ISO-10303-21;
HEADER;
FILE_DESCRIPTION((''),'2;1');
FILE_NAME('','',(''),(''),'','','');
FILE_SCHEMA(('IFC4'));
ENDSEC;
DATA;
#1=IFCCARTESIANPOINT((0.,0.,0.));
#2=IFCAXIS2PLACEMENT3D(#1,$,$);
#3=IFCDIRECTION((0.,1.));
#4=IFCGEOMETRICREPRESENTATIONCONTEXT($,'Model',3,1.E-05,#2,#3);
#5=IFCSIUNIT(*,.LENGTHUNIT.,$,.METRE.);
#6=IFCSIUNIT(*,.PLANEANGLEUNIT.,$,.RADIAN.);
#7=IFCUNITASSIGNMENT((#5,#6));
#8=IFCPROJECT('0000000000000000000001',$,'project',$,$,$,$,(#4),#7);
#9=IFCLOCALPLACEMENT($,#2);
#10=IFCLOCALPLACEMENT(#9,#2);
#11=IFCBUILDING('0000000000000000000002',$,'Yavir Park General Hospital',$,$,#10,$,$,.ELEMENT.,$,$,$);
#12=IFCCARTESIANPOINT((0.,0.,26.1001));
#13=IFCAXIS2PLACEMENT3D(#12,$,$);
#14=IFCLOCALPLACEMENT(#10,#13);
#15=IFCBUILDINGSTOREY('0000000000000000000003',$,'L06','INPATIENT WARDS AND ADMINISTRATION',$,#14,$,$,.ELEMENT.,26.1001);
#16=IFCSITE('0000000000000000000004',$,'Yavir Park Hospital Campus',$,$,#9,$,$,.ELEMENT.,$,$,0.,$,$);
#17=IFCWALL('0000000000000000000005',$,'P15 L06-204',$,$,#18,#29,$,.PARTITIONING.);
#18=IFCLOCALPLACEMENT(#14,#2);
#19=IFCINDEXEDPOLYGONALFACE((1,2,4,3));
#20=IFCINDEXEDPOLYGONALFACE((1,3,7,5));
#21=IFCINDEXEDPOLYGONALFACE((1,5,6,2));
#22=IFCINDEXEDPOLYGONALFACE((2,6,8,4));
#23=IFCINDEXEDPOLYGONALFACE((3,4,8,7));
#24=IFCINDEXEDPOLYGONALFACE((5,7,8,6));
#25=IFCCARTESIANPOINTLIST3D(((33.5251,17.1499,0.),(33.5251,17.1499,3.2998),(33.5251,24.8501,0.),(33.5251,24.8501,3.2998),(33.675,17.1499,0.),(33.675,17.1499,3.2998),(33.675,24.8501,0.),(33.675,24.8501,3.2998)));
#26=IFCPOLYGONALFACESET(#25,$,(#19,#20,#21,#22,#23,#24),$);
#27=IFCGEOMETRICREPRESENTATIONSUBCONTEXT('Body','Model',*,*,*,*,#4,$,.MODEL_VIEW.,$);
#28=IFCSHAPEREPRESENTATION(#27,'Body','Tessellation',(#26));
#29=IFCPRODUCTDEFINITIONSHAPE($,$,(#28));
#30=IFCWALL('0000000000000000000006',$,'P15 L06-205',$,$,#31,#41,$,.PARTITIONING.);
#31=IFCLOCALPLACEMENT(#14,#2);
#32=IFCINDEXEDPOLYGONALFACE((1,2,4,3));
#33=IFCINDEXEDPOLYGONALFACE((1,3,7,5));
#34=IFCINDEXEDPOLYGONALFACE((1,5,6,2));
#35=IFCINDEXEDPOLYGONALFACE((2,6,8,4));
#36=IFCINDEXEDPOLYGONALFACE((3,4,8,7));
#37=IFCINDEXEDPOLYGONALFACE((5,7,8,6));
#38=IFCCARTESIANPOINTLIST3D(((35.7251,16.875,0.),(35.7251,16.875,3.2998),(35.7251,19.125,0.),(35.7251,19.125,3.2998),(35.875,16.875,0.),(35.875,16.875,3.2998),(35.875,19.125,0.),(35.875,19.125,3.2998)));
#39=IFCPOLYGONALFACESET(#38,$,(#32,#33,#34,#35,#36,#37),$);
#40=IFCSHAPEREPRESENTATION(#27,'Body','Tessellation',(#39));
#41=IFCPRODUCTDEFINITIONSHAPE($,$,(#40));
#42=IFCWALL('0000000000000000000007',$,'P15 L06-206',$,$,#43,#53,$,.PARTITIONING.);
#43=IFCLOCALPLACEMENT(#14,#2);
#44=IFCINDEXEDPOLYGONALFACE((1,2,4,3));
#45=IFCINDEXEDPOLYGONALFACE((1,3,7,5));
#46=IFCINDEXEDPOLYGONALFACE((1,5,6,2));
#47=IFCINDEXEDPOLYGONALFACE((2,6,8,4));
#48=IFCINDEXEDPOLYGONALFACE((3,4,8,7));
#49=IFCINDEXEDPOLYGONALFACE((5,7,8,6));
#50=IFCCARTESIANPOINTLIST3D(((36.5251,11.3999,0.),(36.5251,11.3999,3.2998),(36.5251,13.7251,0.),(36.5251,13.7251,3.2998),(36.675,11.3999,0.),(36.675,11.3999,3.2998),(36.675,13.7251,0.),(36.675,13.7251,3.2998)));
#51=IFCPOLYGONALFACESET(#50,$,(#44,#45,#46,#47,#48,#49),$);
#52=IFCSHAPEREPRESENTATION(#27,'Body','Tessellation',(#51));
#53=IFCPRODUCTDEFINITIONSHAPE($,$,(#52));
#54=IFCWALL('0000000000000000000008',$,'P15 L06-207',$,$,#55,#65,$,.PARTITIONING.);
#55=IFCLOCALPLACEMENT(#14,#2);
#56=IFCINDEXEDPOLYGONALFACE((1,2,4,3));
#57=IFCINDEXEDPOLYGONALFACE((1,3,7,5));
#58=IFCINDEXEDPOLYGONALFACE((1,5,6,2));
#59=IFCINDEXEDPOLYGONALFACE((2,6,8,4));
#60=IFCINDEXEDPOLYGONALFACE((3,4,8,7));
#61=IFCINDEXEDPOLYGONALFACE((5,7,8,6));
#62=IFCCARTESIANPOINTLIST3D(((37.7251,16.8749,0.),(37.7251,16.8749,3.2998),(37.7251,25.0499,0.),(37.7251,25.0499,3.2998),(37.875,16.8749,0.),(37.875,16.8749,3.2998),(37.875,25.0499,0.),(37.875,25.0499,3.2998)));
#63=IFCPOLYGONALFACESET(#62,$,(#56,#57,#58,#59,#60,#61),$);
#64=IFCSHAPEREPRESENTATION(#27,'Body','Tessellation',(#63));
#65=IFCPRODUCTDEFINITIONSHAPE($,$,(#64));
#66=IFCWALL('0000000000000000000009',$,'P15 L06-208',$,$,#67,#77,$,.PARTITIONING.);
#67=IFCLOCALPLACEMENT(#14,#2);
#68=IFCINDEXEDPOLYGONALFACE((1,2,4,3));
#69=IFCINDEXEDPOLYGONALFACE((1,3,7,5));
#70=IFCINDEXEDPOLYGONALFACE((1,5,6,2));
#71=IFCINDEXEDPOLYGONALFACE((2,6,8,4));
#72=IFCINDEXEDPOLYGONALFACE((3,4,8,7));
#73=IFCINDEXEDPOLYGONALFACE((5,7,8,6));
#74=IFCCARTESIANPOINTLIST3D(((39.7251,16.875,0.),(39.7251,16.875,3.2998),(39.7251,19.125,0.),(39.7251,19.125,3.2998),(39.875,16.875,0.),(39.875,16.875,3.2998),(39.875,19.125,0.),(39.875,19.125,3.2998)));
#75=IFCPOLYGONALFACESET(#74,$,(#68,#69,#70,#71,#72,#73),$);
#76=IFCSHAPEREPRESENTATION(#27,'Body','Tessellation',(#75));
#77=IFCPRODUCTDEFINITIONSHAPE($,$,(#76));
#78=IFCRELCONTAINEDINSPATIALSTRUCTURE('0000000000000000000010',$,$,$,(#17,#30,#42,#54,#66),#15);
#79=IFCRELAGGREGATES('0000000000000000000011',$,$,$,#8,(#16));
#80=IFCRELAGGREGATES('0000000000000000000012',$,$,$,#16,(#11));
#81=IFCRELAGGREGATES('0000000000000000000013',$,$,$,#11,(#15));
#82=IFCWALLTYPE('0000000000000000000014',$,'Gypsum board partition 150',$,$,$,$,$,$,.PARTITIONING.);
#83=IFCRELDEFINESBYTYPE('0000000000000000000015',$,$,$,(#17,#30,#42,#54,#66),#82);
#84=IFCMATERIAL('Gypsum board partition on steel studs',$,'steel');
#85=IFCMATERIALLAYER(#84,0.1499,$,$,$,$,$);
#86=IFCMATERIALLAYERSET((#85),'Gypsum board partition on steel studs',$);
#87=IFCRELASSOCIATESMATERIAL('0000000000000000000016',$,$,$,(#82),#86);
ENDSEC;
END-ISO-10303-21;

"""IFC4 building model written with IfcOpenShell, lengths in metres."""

from ifc_helpers import new_model, si_unit, direction, frame, frame_2d, origin, place, context, subcontext, project, spatial, rectangle, extrude, material, layer, layer_set, type_object, element, save


model = new_model("IFC4")

# Units and contexts
model_context = context("Model", 3, precision=1e-05, world=origin(), true_north=direction((0.0, 1.0)))
body_context = subcontext(model_context, "Body", "Model", "MODEL_VIEW")
ifc_project = project(units=[si_unit("LENGTHUNIT", "METRE"), si_unit("PLANEANGLEUNIT", "RADIAN")], contexts=[model_context])

# Site, building, storey
site_placement = place(None, origin())
site = spatial("IfcSite", under=ifc_project, at=site_placement, Name="Yavir Park Hospital Campus", CompositionType="ELEMENT", RefElevation=0.0)
building_placement = place(site_placement, origin())
building = spatial("IfcBuilding", under=site, at=building_placement, Name="Yavir Park General Hospital", CompositionType="ELEMENT")
storey_placement = place(building_placement, frame((0.0, 0.0, 26.1001)))
storey = spatial("IfcBuildingStorey", under=building, at=storey_placement, Name="L06", Description="INPATIENT WARDS AND ADMINISTRATION", CompositionType="ELEMENT", Elevation=26.1001)

# Shared definitions
ifc_material_1 = material(Name="Gypsum board partition on steel studs", Category="steel")
ifc_layer_1 = layer(ifc_material_1, 0.1499)
ifc_layer_set_1 = layer_set([ifc_layer_1], Name="Gypsum board partition on steel studs")
wall_type_1 = type_object("IfcWallType", Name="Gypsum board partition 150", PredefinedType="PARTITIONING", material=ifc_layer_set_1)

# Walls
wall_1_placement = place(storey_placement, frame((33.6001, 17.1499, 0.0), z_axis=(0.0, 0.0, 1.0), x_axis=(0.0, 1.0, 0.0)))
element("IfcWall", 1, at=wall_1_placement, inside=storey, type_object=wall_type_1, Name="P15 L06-204", PredefinedType="PARTITIONING", context=body_context, shape_type="SweptSolid", body=[
    extrude(rectangle(XDim=7.7002, YDim=0.1499, at=frame_2d((3.8501, 0.0))), origin(), (0.0, 0.0, 1.0), 3.2998),
])
wall_2_placement = place(storey_placement, frame((35.8, 16.875, 0.0), z_axis=(0.0, 0.0, 1.0), x_axis=(0.0, 1.0, 0.0)))
element("IfcWall", 2, at=wall_2_placement, inside=storey, type_object=wall_type_1, Name="P15 L06-205", PredefinedType="PARTITIONING", context=body_context, shape_type="SweptSolid", body=[
    extrude(rectangle(XDim=2.25, YDim=0.1499, at=frame_2d((1.125, 0.0))), origin(), (0.0, 0.0, 1.0), 3.2998),
])
wall_3_placement = place(storey_placement, frame((36.6001, 11.3999, 0.0), z_axis=(0.0, 0.0, 1.0), x_axis=(0.0, 1.0, 0.0)))
element("IfcWall", 3, at=wall_3_placement, inside=storey, type_object=wall_type_1, Name="P15 L06-206", PredefinedType="PARTITIONING", context=body_context, shape_type="SweptSolid", body=[
    extrude(rectangle(XDim=2.3252, YDim=0.1499, at=frame_2d((1.1626, 0.0))), origin(), (0.0, 0.0, 1.0), 3.2998),
])
wall_4_placement = place(storey_placement, frame((37.8, 16.875, 0.0), z_axis=(0.0, 0.0, 1.0), x_axis=(0.0, 1.0, 0.0)))
element("IfcWall", 4, at=wall_4_placement, inside=storey, type_object=wall_type_1, Name="P15 L06-207", PredefinedType="PARTITIONING", context=body_context, shape_type="SweptSolid", body=[
    extrude(rectangle(XDim=8.175, YDim=0.1499, at=frame_2d((4.0874, 0.0))), origin(), (0.0, 0.0, 1.0), 3.2998),
])
wall_5_placement = place(storey_placement, frame((39.8, 16.875, 0.0), z_axis=(0.0, 0.0, 1.0), x_axis=(0.0, 1.0, 0.0)))
element("IfcWall", 5, at=wall_5_placement, inside=storey, type_object=wall_type_1, Name="P15 L06-208", PredefinedType="PARTITIONING", context=body_context, shape_type="SweptSolid", body=[
    extrude(rectangle(XDim=2.25, YDim=0.1499, at=frame_2d((1.125, 0.0))), origin(), (0.0, 0.0, 1.0), 3.2998),
])

save(model, "model.ifc")
